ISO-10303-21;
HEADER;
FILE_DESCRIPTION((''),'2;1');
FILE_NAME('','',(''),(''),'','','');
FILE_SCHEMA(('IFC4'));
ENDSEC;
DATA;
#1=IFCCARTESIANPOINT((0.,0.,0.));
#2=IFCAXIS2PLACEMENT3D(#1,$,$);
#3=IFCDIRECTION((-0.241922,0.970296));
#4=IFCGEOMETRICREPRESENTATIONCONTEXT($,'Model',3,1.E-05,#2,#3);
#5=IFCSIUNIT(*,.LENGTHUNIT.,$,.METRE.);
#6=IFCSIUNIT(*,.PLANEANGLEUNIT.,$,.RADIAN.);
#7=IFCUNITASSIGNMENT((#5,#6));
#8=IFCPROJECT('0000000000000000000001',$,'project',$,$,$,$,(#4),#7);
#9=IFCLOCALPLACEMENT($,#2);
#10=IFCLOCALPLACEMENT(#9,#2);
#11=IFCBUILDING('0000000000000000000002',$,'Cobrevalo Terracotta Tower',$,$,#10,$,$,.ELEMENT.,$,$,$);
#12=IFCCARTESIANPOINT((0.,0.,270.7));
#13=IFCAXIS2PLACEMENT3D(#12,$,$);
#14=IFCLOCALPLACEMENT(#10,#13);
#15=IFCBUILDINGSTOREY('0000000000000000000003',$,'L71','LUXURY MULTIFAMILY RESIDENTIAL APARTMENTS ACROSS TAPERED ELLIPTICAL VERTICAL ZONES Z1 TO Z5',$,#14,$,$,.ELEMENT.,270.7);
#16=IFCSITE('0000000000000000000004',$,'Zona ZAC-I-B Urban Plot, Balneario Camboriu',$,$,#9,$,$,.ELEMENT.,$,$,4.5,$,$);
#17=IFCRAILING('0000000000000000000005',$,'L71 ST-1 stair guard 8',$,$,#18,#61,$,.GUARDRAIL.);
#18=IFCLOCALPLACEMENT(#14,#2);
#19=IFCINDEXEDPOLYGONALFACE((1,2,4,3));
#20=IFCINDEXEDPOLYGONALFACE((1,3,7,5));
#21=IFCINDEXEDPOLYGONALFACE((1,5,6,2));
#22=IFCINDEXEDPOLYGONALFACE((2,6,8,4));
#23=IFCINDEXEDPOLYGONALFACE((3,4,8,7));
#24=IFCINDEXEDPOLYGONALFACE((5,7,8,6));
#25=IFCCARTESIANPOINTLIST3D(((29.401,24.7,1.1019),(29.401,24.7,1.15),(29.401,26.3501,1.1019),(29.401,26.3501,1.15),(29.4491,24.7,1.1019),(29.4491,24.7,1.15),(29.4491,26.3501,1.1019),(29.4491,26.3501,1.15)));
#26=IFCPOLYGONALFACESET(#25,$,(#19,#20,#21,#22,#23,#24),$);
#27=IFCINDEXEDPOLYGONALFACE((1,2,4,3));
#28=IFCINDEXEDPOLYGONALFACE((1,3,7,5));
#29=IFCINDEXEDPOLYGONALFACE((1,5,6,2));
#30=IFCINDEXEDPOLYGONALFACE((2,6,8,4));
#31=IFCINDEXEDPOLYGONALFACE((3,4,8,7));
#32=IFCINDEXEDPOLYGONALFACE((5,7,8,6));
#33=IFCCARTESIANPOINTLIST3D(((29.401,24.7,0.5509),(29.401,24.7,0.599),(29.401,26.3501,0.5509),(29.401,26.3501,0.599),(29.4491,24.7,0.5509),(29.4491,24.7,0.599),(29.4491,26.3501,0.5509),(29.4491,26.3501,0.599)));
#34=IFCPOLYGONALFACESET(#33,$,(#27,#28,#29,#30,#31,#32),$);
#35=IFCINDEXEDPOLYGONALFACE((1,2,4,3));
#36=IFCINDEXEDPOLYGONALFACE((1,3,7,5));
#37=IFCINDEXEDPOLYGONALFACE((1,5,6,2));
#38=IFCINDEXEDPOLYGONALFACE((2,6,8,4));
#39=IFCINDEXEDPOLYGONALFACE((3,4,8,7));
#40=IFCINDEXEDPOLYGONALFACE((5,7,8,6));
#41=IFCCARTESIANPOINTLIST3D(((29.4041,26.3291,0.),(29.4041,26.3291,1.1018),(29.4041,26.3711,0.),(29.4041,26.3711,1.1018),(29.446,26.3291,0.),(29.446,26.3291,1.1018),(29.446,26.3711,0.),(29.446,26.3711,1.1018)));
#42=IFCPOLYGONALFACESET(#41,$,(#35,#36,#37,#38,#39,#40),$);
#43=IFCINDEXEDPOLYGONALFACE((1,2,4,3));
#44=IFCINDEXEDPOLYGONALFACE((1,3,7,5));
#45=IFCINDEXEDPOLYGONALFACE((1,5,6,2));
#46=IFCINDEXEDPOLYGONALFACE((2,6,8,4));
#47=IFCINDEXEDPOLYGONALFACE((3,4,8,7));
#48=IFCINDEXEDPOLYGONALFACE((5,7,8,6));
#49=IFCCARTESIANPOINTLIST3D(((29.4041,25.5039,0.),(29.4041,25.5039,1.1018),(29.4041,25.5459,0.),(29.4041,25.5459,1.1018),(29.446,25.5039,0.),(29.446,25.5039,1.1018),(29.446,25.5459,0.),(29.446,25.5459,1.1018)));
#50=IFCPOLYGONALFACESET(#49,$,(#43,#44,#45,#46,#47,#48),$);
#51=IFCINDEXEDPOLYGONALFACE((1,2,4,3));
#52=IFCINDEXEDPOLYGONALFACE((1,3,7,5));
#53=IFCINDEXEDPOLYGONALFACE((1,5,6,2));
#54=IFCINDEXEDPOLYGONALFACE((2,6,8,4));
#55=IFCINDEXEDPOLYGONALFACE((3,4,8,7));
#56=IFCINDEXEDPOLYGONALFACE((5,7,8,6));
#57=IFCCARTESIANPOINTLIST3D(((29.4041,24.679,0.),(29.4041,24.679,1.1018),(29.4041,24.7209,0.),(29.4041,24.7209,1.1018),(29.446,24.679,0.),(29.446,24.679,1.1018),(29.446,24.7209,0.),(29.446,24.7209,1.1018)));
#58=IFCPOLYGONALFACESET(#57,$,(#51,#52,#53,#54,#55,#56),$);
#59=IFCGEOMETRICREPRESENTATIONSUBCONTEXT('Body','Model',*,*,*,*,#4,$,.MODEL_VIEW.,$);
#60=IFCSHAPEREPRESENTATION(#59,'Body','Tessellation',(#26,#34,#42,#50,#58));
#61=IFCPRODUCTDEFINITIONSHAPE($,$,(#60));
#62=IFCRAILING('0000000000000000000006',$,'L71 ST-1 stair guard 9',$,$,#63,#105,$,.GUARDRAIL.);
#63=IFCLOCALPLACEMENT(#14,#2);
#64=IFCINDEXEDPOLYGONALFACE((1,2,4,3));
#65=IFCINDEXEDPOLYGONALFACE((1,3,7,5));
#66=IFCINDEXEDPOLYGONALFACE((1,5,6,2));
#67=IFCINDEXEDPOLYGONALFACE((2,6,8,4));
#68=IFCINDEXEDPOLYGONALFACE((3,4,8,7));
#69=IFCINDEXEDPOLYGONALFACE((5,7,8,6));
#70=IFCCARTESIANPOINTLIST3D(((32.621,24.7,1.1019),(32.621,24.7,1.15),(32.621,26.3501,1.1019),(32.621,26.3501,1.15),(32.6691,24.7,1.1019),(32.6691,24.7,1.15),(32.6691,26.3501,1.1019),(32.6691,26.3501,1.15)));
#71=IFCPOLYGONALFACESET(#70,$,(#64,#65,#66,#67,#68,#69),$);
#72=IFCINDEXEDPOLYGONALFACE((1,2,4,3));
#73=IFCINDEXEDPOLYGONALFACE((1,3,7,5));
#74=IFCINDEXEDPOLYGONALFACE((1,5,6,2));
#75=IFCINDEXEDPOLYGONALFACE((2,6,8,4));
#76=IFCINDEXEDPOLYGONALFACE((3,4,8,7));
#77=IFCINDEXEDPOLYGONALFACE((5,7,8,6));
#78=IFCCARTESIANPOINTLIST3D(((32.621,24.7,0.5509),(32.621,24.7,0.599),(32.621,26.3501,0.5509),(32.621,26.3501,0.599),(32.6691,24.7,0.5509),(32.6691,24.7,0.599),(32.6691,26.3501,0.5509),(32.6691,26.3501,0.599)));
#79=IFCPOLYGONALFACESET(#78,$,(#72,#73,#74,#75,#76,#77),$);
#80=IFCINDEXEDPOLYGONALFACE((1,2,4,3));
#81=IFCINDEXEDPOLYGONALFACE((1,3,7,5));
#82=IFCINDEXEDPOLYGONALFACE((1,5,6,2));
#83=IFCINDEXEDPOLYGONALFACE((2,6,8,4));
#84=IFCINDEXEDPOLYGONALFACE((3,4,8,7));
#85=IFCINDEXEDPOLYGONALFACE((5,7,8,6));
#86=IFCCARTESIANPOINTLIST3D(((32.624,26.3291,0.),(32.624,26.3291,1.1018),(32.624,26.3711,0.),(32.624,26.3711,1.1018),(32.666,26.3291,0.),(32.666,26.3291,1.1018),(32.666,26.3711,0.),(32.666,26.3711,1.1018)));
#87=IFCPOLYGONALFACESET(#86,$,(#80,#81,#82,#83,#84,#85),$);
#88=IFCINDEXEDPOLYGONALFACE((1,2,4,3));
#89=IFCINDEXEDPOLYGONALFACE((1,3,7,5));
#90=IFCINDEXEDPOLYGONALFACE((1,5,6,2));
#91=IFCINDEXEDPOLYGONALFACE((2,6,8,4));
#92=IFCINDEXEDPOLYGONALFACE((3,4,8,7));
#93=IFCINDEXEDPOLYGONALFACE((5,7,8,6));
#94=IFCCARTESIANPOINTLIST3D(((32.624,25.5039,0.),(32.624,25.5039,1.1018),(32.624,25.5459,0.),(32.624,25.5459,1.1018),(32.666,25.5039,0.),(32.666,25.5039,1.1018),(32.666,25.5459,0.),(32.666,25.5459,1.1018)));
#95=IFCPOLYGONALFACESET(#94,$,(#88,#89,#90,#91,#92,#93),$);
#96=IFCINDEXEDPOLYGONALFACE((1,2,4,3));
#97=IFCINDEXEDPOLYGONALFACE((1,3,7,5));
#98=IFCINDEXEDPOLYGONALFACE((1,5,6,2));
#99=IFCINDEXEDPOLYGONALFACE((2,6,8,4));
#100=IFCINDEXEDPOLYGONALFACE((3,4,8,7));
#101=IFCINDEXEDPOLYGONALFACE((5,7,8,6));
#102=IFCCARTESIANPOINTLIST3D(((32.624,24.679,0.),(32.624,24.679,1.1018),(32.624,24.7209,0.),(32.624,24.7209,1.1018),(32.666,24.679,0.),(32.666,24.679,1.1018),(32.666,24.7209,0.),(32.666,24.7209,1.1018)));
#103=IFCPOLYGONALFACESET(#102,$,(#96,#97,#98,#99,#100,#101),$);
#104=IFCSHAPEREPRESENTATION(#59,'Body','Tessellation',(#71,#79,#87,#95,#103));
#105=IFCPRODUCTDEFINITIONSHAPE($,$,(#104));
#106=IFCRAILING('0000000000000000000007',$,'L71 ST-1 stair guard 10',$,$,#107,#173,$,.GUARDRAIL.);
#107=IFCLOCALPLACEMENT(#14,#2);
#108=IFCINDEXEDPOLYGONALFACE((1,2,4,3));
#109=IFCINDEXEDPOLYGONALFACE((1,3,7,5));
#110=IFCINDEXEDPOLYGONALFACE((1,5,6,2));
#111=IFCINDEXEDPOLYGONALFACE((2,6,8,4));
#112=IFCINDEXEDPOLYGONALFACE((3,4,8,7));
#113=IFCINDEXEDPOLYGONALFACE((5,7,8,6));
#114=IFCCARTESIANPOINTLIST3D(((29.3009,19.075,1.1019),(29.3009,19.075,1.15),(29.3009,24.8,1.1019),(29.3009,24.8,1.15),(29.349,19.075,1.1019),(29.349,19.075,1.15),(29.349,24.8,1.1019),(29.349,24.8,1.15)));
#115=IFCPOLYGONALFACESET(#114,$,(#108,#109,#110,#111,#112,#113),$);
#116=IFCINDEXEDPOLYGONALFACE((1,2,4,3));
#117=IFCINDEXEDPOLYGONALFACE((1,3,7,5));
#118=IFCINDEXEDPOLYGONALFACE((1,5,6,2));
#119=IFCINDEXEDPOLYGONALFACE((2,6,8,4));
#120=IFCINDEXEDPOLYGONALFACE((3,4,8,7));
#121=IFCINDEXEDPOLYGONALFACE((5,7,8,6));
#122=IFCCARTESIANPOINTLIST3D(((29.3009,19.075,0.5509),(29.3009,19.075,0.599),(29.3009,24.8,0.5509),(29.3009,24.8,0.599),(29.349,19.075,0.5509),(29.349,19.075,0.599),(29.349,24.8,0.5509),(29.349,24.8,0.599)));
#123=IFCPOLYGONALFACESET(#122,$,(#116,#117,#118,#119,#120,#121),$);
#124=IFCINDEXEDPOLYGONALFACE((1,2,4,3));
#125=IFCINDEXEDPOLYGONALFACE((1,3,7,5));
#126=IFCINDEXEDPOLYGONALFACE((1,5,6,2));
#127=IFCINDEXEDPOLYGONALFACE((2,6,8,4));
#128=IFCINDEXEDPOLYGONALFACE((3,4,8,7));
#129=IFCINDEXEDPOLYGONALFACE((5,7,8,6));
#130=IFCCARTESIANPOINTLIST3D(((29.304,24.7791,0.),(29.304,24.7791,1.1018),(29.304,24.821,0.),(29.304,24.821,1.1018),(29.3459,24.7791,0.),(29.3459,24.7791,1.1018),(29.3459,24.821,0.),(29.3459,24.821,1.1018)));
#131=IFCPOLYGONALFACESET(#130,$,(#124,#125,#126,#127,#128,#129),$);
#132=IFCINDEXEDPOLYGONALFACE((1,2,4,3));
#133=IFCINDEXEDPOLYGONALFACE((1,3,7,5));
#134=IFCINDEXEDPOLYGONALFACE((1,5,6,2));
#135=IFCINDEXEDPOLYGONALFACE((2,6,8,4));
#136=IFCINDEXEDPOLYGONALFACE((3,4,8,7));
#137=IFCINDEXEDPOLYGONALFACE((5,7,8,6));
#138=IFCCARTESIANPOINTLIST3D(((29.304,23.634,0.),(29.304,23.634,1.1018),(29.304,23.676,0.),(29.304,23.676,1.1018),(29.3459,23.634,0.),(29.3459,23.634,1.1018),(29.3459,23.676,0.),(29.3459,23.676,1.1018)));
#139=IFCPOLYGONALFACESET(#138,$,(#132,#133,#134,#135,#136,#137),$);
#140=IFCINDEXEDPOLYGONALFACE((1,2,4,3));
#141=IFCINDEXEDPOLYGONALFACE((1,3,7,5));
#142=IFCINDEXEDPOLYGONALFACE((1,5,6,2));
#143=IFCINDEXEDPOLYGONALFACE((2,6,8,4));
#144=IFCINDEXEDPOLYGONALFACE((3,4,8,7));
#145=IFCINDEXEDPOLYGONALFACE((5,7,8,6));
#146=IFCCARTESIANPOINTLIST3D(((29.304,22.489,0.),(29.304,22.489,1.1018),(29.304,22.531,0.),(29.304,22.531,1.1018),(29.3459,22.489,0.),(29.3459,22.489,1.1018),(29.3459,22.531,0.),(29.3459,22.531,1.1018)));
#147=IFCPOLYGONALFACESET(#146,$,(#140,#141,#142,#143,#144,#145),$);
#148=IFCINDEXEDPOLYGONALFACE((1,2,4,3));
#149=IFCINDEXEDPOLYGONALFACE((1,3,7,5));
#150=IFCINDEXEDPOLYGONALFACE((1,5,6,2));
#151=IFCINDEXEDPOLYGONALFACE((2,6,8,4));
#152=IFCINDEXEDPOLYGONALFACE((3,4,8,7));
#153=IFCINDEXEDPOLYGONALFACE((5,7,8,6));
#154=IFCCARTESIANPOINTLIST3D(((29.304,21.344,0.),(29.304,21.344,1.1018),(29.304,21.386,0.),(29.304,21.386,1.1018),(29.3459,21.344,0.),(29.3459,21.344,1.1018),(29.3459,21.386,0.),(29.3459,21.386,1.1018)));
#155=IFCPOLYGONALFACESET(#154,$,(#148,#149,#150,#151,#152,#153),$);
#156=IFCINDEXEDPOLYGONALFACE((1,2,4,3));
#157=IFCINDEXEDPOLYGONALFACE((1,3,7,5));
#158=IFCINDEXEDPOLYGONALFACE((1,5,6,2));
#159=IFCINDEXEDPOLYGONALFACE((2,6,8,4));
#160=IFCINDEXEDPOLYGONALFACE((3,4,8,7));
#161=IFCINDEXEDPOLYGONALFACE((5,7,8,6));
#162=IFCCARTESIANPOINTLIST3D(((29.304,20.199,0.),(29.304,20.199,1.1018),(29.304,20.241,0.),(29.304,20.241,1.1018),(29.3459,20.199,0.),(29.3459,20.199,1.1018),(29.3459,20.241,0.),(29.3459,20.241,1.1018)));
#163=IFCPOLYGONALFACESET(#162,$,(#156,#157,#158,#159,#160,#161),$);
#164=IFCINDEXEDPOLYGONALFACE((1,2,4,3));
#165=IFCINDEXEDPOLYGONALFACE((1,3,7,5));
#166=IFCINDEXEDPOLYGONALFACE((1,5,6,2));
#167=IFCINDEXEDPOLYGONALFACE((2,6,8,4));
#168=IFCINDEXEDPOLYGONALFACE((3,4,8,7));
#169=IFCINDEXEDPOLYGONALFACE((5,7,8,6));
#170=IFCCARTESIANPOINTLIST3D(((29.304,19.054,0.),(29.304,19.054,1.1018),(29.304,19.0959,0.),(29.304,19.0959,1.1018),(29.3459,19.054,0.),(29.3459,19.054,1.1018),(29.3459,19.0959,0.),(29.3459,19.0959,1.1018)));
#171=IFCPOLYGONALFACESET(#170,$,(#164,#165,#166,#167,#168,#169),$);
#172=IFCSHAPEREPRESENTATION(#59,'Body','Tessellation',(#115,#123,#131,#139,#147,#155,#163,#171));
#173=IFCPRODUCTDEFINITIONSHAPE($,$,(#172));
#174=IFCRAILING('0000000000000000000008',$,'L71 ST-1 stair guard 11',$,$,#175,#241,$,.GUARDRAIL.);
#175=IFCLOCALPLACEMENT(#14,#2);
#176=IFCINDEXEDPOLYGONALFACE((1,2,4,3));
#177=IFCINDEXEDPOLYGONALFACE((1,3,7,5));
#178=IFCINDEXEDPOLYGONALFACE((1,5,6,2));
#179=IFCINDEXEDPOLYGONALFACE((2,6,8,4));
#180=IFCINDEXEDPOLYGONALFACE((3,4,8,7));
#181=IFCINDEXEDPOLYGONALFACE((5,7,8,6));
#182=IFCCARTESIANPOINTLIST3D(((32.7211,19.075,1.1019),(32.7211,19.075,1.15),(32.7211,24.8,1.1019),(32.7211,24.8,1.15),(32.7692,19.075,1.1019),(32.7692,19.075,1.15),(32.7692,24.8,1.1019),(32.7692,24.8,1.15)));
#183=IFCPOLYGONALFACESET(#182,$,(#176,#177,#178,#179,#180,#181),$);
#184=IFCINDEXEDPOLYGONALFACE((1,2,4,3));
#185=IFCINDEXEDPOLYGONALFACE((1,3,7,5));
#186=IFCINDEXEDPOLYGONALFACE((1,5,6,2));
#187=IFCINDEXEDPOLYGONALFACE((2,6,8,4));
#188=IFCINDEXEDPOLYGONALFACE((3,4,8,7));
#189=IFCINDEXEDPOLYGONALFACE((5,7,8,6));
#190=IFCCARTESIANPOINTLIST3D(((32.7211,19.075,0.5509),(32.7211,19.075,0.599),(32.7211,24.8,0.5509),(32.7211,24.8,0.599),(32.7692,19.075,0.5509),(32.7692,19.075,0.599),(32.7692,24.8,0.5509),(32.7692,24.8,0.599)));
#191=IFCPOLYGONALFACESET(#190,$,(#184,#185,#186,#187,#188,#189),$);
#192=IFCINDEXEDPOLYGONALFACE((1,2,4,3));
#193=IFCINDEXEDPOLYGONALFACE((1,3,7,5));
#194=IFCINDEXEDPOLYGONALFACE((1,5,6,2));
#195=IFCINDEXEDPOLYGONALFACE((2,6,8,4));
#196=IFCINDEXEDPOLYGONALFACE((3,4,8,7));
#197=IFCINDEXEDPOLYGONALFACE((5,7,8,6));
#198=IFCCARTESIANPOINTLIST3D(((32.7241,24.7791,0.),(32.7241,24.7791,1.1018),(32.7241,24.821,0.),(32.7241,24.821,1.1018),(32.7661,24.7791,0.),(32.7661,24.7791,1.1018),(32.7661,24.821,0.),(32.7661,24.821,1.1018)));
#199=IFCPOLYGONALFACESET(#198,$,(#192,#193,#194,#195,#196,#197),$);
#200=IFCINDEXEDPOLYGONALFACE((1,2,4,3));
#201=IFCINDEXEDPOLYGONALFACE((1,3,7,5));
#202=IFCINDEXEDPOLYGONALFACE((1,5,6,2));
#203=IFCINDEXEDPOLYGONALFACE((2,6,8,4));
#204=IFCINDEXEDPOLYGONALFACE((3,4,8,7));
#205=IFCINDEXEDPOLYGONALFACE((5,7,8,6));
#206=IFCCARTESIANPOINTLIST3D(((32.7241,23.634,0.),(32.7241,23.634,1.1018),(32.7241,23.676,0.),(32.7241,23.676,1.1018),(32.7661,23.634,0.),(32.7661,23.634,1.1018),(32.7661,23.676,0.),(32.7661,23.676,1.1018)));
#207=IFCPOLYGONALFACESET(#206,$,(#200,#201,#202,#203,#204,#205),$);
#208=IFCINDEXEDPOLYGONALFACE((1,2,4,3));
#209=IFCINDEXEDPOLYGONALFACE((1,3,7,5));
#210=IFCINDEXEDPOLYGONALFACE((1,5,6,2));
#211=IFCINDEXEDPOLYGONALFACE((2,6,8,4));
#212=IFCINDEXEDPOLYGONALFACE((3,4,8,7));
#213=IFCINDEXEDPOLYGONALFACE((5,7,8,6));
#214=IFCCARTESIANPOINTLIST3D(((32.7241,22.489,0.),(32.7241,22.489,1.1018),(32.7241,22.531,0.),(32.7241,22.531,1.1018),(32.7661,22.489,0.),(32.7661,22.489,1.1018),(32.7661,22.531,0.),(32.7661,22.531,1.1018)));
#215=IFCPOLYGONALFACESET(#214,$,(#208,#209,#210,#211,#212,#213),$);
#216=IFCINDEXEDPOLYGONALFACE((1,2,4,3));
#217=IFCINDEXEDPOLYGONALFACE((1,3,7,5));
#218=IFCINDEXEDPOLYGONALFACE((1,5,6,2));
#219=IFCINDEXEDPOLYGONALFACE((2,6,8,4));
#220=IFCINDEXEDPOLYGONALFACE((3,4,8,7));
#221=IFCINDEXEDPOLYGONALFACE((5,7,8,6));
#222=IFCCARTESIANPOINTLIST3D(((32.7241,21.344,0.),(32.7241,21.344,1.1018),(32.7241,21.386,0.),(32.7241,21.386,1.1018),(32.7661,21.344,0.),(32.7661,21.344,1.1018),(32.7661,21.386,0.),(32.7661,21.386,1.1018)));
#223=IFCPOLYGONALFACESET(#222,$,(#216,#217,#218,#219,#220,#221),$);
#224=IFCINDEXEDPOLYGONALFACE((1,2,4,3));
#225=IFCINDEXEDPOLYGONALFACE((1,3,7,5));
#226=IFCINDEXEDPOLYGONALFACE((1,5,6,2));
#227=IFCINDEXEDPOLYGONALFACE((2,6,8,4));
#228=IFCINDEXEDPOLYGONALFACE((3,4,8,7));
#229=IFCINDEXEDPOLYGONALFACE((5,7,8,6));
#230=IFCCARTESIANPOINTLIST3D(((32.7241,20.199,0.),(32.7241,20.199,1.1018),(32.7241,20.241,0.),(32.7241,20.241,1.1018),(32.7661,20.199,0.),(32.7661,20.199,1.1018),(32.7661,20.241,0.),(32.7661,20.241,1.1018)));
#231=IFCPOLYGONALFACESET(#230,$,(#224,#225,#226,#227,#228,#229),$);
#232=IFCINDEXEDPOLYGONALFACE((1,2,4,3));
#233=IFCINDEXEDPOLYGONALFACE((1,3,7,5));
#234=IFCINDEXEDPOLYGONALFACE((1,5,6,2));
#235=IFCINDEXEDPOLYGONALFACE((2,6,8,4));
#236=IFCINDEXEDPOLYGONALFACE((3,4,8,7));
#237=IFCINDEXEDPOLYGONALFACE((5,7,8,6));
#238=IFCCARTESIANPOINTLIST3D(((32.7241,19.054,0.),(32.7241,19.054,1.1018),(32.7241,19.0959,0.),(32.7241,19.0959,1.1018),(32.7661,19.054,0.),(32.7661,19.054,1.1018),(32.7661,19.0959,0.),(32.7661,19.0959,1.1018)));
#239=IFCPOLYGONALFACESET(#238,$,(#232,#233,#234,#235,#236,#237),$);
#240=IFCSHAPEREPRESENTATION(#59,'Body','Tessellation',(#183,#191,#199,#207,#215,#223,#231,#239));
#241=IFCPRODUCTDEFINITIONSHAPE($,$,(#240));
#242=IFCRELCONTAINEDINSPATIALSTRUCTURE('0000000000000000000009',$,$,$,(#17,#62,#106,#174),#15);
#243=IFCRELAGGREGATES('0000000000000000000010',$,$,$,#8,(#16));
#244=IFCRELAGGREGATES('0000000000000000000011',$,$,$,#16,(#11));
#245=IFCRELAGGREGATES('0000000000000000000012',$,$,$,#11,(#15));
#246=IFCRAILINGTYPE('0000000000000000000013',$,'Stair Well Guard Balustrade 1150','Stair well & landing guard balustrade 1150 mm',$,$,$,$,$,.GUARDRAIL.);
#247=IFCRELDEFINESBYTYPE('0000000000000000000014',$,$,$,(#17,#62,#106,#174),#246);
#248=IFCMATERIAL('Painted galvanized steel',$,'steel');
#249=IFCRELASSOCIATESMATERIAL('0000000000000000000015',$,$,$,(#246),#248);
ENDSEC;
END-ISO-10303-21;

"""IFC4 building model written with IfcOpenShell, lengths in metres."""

from ifc_helpers import new_model, si_unit, direction, frame, origin, origin_2d, place, context, subcontext, project, spatial, rectangle, extrude, material, type_object, element, save


model = new_model("IFC4")

# Units and contexts
model_context = context("Model", 3, precision=1e-05, world=origin(), true_north=direction((-0.241922, 0.970296)))
body_context = subcontext(model_context, "Body", "Model", "MODEL_VIEW")
ifc_project = project(units=[si_unit("LENGTHUNIT", "METRE"), si_unit("PLANEANGLEUNIT", "RADIAN")], contexts=[model_context])

# Site, building, storey
site_placement = place(None, origin())
site = spatial("IfcSite", under=ifc_project, at=site_placement, Name="Zona ZAC-I-B Urban Plot, Balneario Camboriu", CompositionType="ELEMENT", RefElevation=4.5)
building_placement = place(site_placement, origin())
building = spatial("IfcBuilding", under=site, at=building_placement, Name="Cobrevalo Terracotta Tower", CompositionType="ELEMENT")
storey_placement = place(building_placement, frame((0.0, 0.0, 270.7)))
storey = spatial("IfcBuildingStorey", under=building, at=storey_placement, Name="L71", Description="LUXURY MULTIFAMILY RESIDENTIAL APARTMENTS ACROSS TAPERED ELLIPTICAL VERTICAL ZONES Z1 TO Z5", CompositionType="ELEMENT", Elevation=270.7)

# Railings
ifc_material_1 = material(Name="Painted galvanized steel", Category="steel")
railing_type_1 = type_object("IfcRailingType", Name="Stair Well Guard Balustrade 1150", Description="Stair well & landing guard balustrade 1150 mm", PredefinedType="GUARDRAIL", material=ifc_material_1)
for number, where, name in (
    (1, (29.425, 26.3501, 0.0), "L71 ST-1 stair guard 8"),
    (2, (32.645, 26.3501, 0.0), "L71 ST-1 stair guard 9"),
):
    element("IfcRailing", number, at=place(storey_placement, frame(where)), inside=storey, type_object=railing_type_1, Name=name, PredefinedType="GUARDRAIL", context=body_context, shape_type="SweptSolid", body=[
        extrude(rectangle(XDim=0.0481, YDim=0.0481, at=origin_2d()), frame((0.0, 0.0, 1.126), z_axis=(0.0, -1.0, 0.0), x_axis=(1.0, 0.0, 0.0)), (0.0, 0.0, 1.0), 1.6501),
        extrude(rectangle(XDim=0.0481, YDim=0.0481, at=origin_2d()), frame((0.0, 0.0, 0.575), z_axis=(0.0, -1.0, 0.0), x_axis=(1.0, 0.0, 0.0)), (0.0, 0.0, 1.0), 1.6501),
        extrude(rectangle(XDim=0.042, YDim=0.042, at=origin_2d()), origin(), (0.0, 0.0, 1.0), 1.1018),
        extrude(rectangle(XDim=0.042, YDim=0.042, at=origin_2d()), frame((0.0, -0.8252, 0.0)), (0.0, 0.0, 1.0), 1.1018),
        extrude(rectangle(XDim=0.042, YDim=0.042, at=origin_2d()), frame((0.0, -1.6501, 0.0)), (0.0, 0.0, 1.0), 1.1018),
    ])
for number, where, name in (
    (3, (29.325, 24.8, 0.0), "L71 ST-1 stair guard 10"),
    (4, (32.7451, 24.8, 0.0), "L71 ST-1 stair guard 11"),
):
    element("IfcRailing", number, at=place(storey_placement, frame(where)), inside=storey, type_object=railing_type_1, Name=name, PredefinedType="GUARDRAIL", context=body_context, shape_type="SweptSolid", body=[
        extrude(rectangle(XDim=0.0481, YDim=0.0481, at=origin_2d()), frame((0.0, 0.0, 1.126), z_axis=(0.0, -1.0, 0.0), x_axis=(1.0, 0.0, 0.0)), (0.0, 0.0, 1.0), 5.7251),
        extrude(rectangle(XDim=0.0481, YDim=0.0481, at=origin_2d()), frame((0.0, 0.0, 0.575), z_axis=(0.0, -1.0, 0.0), x_axis=(1.0, 0.0, 0.0)), (0.0, 0.0, 1.0), 5.7251),
        extrude(rectangle(XDim=0.042, YDim=0.042, at=origin_2d()), origin(), (0.0, 0.0, 1.0), 1.1018),
        extrude(rectangle(XDim=0.042, YDim=0.042, at=origin_2d()), frame((0.0, -1.145, 0.0)), (0.0, 0.0, 1.0), 1.1018),
        extrude(rectangle(XDim=0.042, YDim=0.042, at=origin_2d()), frame((0.0, -2.29, 0.0)), (0.0, 0.0, 1.0), 1.1018),
        extrude(rectangle(XDim=0.042, YDim=0.042, at=origin_2d()), frame((0.0, -3.4351, 0.0)), (0.0, 0.0, 1.0), 1.1018),
        extrude(rectangle(XDim=0.042, YDim=0.042, at=origin_2d()), frame((0.0, -4.5801, 0.0)), (0.0, 0.0, 1.0), 1.1018),
        extrude(rectangle(XDim=0.042, YDim=0.042, at=origin_2d()), frame((0.0, -5.7251, 0.0)), (0.0, 0.0, 1.0), 1.1018),
    ])

save(model, "model.ifc")
